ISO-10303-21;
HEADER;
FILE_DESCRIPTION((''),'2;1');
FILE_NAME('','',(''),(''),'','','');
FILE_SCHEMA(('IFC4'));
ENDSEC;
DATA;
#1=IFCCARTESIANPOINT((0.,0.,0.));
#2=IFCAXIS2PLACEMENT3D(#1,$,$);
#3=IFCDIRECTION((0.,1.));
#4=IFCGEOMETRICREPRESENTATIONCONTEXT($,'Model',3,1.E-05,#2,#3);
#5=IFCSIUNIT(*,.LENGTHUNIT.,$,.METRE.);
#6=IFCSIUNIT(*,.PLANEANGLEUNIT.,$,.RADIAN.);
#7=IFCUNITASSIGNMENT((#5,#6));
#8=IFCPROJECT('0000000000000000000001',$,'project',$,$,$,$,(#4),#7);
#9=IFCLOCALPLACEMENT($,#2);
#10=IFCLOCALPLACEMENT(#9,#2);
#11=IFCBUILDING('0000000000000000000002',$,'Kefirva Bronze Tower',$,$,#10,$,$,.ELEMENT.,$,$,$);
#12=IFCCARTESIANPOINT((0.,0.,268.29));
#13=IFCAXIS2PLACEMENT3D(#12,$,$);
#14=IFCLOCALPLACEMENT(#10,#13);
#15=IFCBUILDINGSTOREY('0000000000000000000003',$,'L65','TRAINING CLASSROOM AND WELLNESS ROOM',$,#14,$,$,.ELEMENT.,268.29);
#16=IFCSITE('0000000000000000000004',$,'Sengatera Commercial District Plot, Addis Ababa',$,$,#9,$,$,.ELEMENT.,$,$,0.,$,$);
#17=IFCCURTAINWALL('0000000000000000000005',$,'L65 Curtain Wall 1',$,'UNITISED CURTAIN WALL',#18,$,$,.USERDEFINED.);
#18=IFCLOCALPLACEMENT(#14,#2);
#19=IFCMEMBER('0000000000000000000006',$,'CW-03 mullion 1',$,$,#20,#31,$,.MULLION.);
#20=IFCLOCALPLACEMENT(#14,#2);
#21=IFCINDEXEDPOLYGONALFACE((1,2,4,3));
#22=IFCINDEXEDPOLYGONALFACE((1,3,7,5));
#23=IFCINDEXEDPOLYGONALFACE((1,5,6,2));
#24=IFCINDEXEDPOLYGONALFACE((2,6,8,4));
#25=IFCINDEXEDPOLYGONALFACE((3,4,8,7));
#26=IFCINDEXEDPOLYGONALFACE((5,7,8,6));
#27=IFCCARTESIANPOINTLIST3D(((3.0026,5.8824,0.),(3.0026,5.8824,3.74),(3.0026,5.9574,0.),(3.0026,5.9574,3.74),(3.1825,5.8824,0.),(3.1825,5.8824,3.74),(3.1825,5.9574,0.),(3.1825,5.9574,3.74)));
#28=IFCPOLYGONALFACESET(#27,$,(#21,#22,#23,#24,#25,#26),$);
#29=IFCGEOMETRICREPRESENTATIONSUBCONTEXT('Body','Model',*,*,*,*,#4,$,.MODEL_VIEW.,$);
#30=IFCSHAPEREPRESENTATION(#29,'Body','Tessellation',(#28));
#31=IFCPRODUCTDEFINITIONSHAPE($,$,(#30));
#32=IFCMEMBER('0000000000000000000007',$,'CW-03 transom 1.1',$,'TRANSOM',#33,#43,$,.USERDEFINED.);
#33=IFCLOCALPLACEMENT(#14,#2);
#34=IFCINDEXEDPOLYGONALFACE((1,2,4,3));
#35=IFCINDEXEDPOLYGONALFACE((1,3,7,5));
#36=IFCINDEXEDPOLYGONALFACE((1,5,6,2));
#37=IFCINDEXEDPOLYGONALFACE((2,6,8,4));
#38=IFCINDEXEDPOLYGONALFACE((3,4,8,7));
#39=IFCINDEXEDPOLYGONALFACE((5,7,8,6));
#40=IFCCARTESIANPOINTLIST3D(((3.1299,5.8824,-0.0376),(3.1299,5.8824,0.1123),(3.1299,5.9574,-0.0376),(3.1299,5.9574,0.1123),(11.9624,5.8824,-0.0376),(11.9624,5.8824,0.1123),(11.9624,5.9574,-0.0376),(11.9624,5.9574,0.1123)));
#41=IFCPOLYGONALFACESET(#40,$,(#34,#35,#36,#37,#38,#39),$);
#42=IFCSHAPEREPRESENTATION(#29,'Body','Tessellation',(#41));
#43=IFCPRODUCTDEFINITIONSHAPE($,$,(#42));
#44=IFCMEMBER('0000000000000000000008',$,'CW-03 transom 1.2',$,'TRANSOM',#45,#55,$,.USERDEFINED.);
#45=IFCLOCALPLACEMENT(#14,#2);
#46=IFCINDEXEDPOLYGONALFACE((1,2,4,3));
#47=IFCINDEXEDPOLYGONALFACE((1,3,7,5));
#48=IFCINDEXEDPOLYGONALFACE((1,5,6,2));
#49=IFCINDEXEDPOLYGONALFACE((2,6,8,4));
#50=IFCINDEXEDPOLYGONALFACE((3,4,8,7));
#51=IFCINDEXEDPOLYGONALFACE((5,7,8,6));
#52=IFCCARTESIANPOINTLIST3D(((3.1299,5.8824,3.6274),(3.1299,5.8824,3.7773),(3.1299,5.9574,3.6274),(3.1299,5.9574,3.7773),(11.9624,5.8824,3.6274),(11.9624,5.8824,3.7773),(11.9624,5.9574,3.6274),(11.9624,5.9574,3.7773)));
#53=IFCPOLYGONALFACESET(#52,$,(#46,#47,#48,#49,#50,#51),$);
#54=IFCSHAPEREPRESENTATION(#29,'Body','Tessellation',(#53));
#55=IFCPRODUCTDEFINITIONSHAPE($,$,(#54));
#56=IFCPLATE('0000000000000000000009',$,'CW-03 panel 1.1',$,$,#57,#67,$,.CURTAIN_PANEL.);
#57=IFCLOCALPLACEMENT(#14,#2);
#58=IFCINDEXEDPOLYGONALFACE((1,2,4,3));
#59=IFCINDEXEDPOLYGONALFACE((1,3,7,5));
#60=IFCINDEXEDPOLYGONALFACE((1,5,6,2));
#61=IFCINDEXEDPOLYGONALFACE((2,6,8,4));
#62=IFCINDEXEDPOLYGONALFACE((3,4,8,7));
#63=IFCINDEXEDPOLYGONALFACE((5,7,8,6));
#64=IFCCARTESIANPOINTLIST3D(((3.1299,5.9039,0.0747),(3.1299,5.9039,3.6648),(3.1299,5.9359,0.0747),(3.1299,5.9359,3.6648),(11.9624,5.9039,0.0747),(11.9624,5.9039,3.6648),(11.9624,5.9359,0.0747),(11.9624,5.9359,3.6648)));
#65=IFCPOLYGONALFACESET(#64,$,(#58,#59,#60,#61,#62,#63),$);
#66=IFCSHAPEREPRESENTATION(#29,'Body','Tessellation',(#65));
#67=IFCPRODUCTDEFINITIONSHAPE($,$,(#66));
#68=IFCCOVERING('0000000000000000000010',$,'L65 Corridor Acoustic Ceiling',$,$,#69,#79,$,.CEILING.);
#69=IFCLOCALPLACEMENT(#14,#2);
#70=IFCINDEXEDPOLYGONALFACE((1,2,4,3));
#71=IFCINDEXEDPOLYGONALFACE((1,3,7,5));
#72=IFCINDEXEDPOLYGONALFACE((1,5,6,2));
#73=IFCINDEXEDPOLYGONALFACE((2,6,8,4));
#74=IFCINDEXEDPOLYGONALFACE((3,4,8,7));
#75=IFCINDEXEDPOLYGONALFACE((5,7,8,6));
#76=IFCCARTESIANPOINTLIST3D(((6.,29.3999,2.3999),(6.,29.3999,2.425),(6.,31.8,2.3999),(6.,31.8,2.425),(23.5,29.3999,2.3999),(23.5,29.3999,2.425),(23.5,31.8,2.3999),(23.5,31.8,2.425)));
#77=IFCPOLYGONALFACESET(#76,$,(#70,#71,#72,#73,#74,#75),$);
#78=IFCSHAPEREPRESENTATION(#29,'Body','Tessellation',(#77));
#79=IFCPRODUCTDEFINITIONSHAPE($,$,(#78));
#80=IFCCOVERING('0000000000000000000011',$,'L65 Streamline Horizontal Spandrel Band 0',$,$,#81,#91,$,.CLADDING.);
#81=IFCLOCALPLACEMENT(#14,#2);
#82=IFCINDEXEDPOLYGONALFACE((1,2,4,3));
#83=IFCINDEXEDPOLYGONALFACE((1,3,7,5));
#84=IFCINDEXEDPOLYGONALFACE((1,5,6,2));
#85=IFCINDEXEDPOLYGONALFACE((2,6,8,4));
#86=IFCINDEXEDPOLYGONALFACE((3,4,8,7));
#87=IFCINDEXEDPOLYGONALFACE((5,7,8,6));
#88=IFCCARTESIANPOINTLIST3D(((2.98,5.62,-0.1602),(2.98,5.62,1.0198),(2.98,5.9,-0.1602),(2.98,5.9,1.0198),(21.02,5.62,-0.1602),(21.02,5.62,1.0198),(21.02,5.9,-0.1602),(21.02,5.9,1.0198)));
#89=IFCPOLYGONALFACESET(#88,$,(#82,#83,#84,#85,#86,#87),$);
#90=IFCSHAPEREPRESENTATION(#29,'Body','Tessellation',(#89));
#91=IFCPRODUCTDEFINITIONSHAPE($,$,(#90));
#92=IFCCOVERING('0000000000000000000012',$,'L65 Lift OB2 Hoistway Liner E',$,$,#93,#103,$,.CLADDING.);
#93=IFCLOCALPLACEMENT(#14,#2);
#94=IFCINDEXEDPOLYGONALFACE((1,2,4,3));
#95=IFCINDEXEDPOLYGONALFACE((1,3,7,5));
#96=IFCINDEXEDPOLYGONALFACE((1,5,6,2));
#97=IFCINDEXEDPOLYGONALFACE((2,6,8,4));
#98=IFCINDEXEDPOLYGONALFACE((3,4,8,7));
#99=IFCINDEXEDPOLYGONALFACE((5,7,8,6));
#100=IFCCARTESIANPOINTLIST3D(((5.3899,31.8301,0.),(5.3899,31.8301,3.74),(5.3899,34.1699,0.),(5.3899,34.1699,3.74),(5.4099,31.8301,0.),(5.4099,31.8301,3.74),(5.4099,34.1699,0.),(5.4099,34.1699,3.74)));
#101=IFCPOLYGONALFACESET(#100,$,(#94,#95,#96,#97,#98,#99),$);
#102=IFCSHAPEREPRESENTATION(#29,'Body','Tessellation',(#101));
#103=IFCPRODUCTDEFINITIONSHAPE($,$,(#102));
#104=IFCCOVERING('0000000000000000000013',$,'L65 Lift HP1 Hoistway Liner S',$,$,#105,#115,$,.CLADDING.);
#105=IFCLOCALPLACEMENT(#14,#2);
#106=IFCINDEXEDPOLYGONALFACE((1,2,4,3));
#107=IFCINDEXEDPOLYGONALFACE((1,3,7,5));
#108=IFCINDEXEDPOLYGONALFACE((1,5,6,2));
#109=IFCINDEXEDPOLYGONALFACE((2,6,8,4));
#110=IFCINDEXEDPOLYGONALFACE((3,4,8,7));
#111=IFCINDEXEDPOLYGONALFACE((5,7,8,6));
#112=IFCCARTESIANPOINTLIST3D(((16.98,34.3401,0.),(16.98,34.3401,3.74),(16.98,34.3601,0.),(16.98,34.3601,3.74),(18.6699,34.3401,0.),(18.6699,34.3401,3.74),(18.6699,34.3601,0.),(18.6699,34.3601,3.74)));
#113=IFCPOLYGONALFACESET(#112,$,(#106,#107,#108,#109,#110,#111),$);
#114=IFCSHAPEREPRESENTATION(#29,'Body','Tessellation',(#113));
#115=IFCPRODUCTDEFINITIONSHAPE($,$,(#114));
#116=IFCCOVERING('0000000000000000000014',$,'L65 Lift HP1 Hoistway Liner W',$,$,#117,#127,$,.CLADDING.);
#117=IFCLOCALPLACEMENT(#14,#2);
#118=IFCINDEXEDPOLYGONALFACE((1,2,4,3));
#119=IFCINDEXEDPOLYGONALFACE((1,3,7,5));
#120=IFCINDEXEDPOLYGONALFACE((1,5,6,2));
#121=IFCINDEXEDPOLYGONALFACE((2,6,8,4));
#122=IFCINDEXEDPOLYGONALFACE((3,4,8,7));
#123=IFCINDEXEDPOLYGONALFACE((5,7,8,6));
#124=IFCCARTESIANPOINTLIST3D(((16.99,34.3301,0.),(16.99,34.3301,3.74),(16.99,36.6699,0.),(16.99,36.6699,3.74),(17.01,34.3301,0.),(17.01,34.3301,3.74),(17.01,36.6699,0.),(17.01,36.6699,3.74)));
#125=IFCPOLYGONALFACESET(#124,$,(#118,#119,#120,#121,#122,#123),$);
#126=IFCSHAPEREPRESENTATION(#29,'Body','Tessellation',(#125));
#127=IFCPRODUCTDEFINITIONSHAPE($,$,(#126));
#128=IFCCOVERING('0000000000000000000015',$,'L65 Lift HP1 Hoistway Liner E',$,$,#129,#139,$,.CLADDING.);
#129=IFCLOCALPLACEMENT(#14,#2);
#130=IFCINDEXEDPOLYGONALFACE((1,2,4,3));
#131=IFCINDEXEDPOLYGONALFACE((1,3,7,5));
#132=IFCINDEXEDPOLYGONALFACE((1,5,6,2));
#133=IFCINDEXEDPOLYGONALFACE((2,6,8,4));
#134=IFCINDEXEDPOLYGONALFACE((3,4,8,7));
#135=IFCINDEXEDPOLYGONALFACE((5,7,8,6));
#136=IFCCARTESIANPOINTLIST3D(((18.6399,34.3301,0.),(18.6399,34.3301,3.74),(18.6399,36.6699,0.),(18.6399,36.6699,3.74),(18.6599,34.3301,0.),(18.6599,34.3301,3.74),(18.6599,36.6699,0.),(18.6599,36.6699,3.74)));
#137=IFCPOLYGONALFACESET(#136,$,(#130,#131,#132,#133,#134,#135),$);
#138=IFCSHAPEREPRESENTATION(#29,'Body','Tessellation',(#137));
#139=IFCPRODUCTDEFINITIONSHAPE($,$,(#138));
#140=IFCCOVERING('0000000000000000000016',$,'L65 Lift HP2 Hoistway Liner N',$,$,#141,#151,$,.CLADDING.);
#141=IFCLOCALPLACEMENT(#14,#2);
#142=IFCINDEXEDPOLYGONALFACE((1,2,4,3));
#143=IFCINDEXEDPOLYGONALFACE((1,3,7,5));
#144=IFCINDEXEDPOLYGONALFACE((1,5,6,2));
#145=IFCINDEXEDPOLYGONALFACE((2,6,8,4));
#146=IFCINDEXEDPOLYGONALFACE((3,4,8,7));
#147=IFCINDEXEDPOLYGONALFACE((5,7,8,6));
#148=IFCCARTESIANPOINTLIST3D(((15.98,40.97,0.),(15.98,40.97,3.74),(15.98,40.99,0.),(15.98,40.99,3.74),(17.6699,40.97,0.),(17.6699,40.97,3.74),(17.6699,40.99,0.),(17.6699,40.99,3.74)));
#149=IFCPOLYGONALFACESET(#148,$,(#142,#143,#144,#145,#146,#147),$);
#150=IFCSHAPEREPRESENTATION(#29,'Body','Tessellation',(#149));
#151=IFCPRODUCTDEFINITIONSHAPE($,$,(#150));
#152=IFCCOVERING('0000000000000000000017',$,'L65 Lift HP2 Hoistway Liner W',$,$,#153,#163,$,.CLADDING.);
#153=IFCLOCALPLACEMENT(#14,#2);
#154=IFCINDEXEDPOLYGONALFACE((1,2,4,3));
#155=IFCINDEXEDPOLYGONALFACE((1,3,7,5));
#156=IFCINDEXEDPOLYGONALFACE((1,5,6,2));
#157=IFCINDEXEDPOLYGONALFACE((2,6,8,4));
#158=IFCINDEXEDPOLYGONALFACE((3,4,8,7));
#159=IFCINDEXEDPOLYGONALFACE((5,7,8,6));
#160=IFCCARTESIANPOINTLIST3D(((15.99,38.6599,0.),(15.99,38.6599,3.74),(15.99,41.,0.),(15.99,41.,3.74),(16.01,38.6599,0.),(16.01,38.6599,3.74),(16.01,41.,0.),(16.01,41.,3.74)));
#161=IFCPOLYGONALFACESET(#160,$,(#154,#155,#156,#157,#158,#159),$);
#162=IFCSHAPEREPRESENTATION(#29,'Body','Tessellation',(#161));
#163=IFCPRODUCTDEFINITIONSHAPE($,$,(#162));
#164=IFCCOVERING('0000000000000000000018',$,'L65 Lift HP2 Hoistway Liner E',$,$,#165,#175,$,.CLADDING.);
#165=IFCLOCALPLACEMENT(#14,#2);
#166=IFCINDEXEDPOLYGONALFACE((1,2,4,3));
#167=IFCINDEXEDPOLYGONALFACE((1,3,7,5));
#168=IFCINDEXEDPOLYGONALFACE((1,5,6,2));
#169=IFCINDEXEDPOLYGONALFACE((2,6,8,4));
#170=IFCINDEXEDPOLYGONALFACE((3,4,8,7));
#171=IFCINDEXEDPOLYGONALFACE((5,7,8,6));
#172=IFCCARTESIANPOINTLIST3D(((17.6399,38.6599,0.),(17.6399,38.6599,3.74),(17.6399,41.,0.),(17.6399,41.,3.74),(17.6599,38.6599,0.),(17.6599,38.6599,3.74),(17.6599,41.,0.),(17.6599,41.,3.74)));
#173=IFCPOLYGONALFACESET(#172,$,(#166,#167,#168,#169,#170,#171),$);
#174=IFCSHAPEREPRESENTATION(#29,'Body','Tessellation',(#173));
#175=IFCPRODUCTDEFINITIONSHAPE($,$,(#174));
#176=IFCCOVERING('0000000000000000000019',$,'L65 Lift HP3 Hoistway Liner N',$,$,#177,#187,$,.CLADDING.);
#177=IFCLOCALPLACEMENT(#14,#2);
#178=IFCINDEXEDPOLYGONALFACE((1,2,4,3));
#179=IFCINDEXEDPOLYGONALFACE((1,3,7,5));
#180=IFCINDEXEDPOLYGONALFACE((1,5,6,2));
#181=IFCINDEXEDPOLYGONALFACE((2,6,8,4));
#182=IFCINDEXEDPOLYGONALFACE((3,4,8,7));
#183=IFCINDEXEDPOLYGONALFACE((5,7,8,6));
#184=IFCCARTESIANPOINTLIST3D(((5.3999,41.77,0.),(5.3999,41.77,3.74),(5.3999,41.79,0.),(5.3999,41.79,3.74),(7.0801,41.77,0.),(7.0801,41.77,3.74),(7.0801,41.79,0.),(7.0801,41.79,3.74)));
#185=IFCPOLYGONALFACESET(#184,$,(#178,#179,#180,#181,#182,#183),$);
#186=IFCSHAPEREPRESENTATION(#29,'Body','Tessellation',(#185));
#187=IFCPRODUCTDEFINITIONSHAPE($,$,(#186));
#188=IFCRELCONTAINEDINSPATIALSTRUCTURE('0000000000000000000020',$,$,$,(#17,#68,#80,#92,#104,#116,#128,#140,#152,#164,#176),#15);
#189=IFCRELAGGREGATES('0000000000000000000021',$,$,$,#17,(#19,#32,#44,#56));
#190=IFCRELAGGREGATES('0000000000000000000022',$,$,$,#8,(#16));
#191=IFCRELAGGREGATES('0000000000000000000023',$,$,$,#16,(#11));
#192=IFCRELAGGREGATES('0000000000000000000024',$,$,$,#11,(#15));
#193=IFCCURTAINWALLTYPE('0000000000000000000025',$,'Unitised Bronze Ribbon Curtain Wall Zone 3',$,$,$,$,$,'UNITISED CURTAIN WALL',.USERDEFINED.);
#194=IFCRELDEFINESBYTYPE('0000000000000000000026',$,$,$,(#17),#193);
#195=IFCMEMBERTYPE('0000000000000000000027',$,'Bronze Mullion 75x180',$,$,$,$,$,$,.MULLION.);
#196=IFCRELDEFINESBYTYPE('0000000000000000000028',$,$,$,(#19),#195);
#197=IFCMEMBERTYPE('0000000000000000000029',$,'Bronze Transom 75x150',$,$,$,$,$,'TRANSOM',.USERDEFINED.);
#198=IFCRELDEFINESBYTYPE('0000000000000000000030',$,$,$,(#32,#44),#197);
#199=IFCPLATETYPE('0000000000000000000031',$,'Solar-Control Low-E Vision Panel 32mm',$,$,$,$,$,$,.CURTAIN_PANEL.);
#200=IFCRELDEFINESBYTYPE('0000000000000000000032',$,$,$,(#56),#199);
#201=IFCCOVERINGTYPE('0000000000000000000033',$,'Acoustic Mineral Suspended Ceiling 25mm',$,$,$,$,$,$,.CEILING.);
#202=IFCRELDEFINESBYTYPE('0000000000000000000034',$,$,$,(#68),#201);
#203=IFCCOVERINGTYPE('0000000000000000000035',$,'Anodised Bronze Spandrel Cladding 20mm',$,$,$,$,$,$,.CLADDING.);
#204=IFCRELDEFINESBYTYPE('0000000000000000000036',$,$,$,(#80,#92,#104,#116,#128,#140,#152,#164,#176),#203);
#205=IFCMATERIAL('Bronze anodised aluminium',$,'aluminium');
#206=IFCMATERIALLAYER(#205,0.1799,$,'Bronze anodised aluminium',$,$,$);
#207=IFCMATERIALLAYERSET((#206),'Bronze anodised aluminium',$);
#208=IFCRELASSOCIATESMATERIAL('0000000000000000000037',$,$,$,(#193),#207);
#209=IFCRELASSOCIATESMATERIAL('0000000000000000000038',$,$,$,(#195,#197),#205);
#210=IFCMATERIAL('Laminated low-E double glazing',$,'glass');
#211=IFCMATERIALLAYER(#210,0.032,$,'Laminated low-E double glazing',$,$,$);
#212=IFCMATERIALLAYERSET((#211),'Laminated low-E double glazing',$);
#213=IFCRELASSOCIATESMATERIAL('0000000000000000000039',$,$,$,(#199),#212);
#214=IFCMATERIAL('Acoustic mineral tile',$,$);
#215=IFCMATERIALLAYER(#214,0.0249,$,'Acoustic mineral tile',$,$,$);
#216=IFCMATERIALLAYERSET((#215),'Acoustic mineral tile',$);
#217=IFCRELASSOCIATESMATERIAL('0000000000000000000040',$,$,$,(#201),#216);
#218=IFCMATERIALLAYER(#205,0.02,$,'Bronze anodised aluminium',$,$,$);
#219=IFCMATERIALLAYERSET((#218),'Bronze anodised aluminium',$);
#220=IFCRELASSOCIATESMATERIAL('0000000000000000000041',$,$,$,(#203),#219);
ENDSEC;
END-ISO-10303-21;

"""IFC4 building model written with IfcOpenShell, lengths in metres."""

from ifc_helpers import new_model, si_unit, direction, frame, origin, origin_2d, place, context, subcontext, project, spatial, polyline, rectangle, outline, extrude, material, layer, layer_set, material_profile, profile_set, type_object, element, aggregate, save


model = new_model("IFC4")

# Units and contexts
model_context = context("Model", 3, precision=1e-05, world=origin(), true_north=direction((0.0, 1.0)))
body_context = subcontext(model_context, "Body", "Model", "MODEL_VIEW")
ifc_project = project(units=[si_unit("LENGTHUNIT", "METRE"), si_unit("PLANEANGLEUNIT", "RADIAN")], contexts=[model_context])

# Site, building, storey
site_placement = place(None, origin())
site = spatial("IfcSite", under=ifc_project, at=site_placement, Name="Sengatera Commercial District Plot, Addis Ababa", CompositionType="ELEMENT", RefElevation=0.0)
building_placement = place(site_placement, origin())
building = spatial("IfcBuilding", under=site, at=building_placement, Name="Kefirva Bronze Tower", CompositionType="ELEMENT")
storey_placement = place(building_placement, frame((0.0, 0.0, 268.29)))
storey = spatial("IfcBuildingStorey", under=building, at=storey_placement, Name="L65", Description="TRAINING CLASSROOM AND WELLNESS ROOM", CompositionType="ELEMENT", Elevation=268.29)

# Curtain wall, members, plate
ifc_material_1 = material(Name="Bronze anodised aluminium", Category="aluminium")
ifc_layer_1 = layer(ifc_material_1, 0.1799, Name="Bronze anodised aluminium")
ifc_layer_set_1 = layer_set([ifc_layer_1], Name="Bronze anodised aluminium")
curtain_wall_type = type_object("IfcCurtainWallType", Name="Unitised Bronze Ribbon Curtain Wall Zone 3", ElementType="UNITISED CURTAIN WALL", PredefinedType="USERDEFINED", material=ifc_layer_set_1)
curtain_wall_placement = place(storey_placement, origin())
curtain_wall = element("IfcCurtainWall", 1, at=curtain_wall_placement, inside=storey, type_object=curtain_wall_type, Name="L65 Curtain Wall 1", ObjectType="UNITISED CURTAIN WALL", PredefinedType="USERDEFINED")
ifc_material_profile_1 = material_profile(ifc_material_1, rectangle(XDim=0.075, YDim=0.1799, at=origin_2d()), Name="ALU 75x180")
ifc_profile_set_1 = profile_set([ifc_material_profile_1], Name="Bronze anodised aluminium")
member_type_1 = type_object("IfcMemberType", Name="Bronze Mullion 75x180", PredefinedType="MULLION", material=ifc_profile_set_1)
member_1_placement = place(storey_placement, frame((3.0925, 5.9199, 0.0), z_axis=(0.0, 0.0, 1.0), x_axis=(0.0, 1.0, 0.0)))
member_1 = element("IfcMember", 2, at=member_1_placement, type_object=member_type_1, Name="CW-03 mullion 1", PredefinedType="MULLION", context=body_context, shape_type="SweptSolid", body=[
    extrude(rectangle(XDim=0.075, YDim=0.1799, at=origin_2d()), origin(), (0.0, 0.0, 1.0), 3.74),
])
ifc_material_profile_2 = material_profile(ifc_material_1, rectangle(XDim=0.075, YDim=0.1499, at=origin_2d()), Name="ALU 75x150")
ifc_profile_set_2 = profile_set([ifc_material_profile_2], Name="Bronze anodised aluminium")
member_type_2 = type_object("IfcMemberType", Name="Bronze Transom 75x150", ElementType="TRANSOM", PredefinedType="USERDEFINED", material=ifc_profile_set_2)
member_2_placement = place(storey_placement, frame((3.1299, 5.9199, 0.0374), z_axis=(1.0, 0.0, 0.0), x_axis=(0.0, 1.0, 0.0)))
member_2 = element("IfcMember", 3, at=member_2_placement, type_object=member_type_2, Name="CW-03 transom 1.1", ObjectType="TRANSOM", PredefinedType="USERDEFINED", context=body_context, shape_type="SweptSolid", body=[
    extrude(rectangle(XDim=0.075, YDim=0.1499, at=origin_2d()), origin(), (0.0, 0.0, 1.0), 8.8325),
])
member_3_placement = place(storey_placement, frame((3.1299, 5.9199, 3.7024), z_axis=(1.0, 0.0, 0.0), x_axis=(0.0, 1.0, 0.0)))
member_3 = element("IfcMember", 4, at=member_3_placement, type_object=member_type_2, Name="CW-03 transom 1.2", ObjectType="TRANSOM", PredefinedType="USERDEFINED", context=body_context, shape_type="SweptSolid", body=[
    extrude(rectangle(XDim=0.075, YDim=0.1499, at=origin_2d()), origin(), (0.0, 0.0, 1.0), 8.8325),
])
ifc_material_2 = material(Name="Laminated low-E double glazing", Category="glass")
ifc_layer_2 = layer(ifc_material_2, 0.032, Name="Laminated low-E double glazing")
ifc_layer_set_2 = layer_set([ifc_layer_2], Name="Laminated low-E double glazing")
plate_type = type_object("IfcPlateType", Name="Solar-Control Low-E Vision Panel 32mm", PredefinedType="CURTAIN_PANEL", material=ifc_layer_set_2)
plate_placement = place(storey_placement, frame((7.5461, 5.9199, 0.0747), z_axis=(0.0, 0.0, 1.0), x_axis=(1.0, 0.0, 0.0)))
plate = element("IfcPlate", 5, at=plate_placement, type_object=plate_type, Name="CW-03 panel 1.1", PredefinedType="CURTAIN_PANEL", context=body_context, shape_type="SweptSolid", body=[
    extrude(rectangle(XDim=8.8325, YDim=0.032, at=origin_2d()), origin(), (0.0, 0.0, 1.0), 3.5901),
])
aggregate(curtain_wall, [member_1, member_2, member_3, plate])

# Coverings
ifc_material_3 = material(Name="Acoustic mineral tile")
ifc_layer_3 = layer(ifc_material_3, 0.0249, Name="Acoustic mineral tile")
ifc_layer_set_3 = layer_set([ifc_layer_3], Name="Acoustic mineral tile")
covering_type_1 = type_object("IfcCoveringType", Name="Acoustic Mineral Suspended Ceiling 25mm", PredefinedType="CEILING", material=ifc_layer_set_3)
covering_1_placement = place(storey_placement, frame((0.0, 0.0, 2.3999)))
element("IfcCovering", 6, at=covering_1_placement, inside=storey, type_object=covering_type_1, Name="L65 Corridor Acoustic Ceiling", PredefinedType="CEILING", context=body_context, shape_type="SweptSolid", body=[
    extrude(outline(polyline([(6.0, 29.3999), (23.5, 29.3999), (23.5, 31.8), (6.0, 31.8), (6.0, 29.3999)])), origin(), (0.0, 0.0, 1.0), 0.0251),
])
ifc_layer_4 = layer(ifc_material_1, 0.02, Name="Bronze anodised aluminium")
ifc_layer_set_4 = layer_set([ifc_layer_4], Name="Bronze anodised aluminium")
covering_type_2 = type_object("IfcCoveringType", Name="Anodised Bronze Spandrel Cladding 20mm", PredefinedType="CLADDING", material=ifc_layer_set_4)
covering_2_placement = place(storey_placement, frame((12.0, 5.76, -0.1602), z_axis=(0.0, 0.0, 1.0), x_axis=(1.0, 0.0, 0.0)))
element("IfcCovering", 7, at=covering_2_placement, inside=storey, type_object=covering_type_2, Name="L65 Streamline Horizontal Spandrel Band 0", PredefinedType="CLADDING", context=body_context, shape_type="SweptSolid", body=[
    extrude(rectangle(XDim=18.04, YDim=0.28, at=origin_2d()), origin(), (0.0, 0.0, 1.0), 1.1799),
])
covering_3_placement = place(storey_placement, origin())
element("IfcCovering", 8, at=covering_3_placement, inside=storey, type_object=covering_type_2, Name="L65 Lift OB2 Hoistway Liner E", PredefinedType="CLADDING", context=body_context, shape_type="SweptSolid", body=[
    extrude(outline(polyline([(5.3899, 31.8301), (5.4099, 31.8301), (5.4099, 34.1699), (5.3899, 34.1699), (5.3899, 31.8301)])), origin(), (0.0, 0.0, 1.0), 3.74),
])
covering_4_placement = place(storey_placement, origin())
element("IfcCovering", 9, at=covering_4_placement, inside=storey, type_object=covering_type_2, Name="L65 Lift HP1 Hoistway Liner S", PredefinedType="CLADDING", context=body_context, shape_type="SweptSolid", body=[
    extrude(outline(polyline([(16.98, 34.3401), (18.6699, 34.3401), (18.6699, 34.3601), (16.98, 34.3601), (16.98, 34.3401)])), origin(), (0.0, 0.0, 1.0), 3.74),
])
covering_5_placement = place(storey_placement, origin())
element("IfcCovering", 10, at=covering_5_placement, inside=storey, type_object=covering_type_2, Name="L65 Lift HP1 Hoistway Liner W", PredefinedType="CLADDING", context=body_context, shape_type="SweptSolid", body=[
    extrude(outline(polyline([(16.99, 34.3301), (17.01, 34.3301), (17.01, 36.6699), (16.99, 36.6699), (16.99, 34.3301)])), origin(), (0.0, 0.0, 1.0), 3.74),
])
covering_6_placement = place(storey_placement, origin())
element("IfcCovering", 11, at=covering_6_placement, inside=storey, type_object=covering_type_2, Name="L65 Lift HP1 Hoistway Liner E", PredefinedType="CLADDING", context=body_context, shape_type="SweptSolid", body=[
    extrude(outline(polyline([(18.6399, 34.3301), (18.6599, 34.3301), (18.6599, 36.6699), (18.6399, 36.6699), (18.6399, 34.3301)])), origin(), (0.0, 0.0, 1.0), 3.74),
])
covering_7_placement = place(storey_placement, origin())
element("IfcCovering", 12, at=covering_7_placement, inside=storey, type_object=covering_type_2, Name="L65 Lift HP2 Hoistway Liner N", PredefinedType="CLADDING", context=body_context, shape_type="SweptSolid", body=[
    extrude(outline(polyline([(15.98, 40.97), (17.6699, 40.97), (17.6699, 40.99), (15.98, 40.99), (15.98, 40.97)])), origin(), (0.0, 0.0, 1.0), 3.74),
])
covering_8_placement = place(storey_placement, origin())
element("IfcCovering", 13, at=covering_8_placement, inside=storey, type_object=covering_type_2, Name="L65 Lift HP2 Hoistway Liner W", PredefinedType="CLADDING", context=body_context, shape_type="SweptSolid", body=[
    extrude(outline(polyline([(15.99, 38.6599), (16.01, 38.6599), (16.01, 41.0), (15.99, 41.0), (15.99, 38.6599)])), origin(), (0.0, 0.0, 1.0), 3.74),
])
covering_9_placement = place(storey_placement, origin())
element("IfcCovering", 14, at=covering_9_placement, inside=storey, type_object=covering_type_2, Name="L65 Lift HP2 Hoistway Liner E", PredefinedType="CLADDING", context=body_context, shape_type="SweptSolid", body=[
    extrude(outline(polyline([(17.6399, 38.6599), (17.6599, 38.6599), (17.6599, 41.0), (17.6399, 41.0), (17.6399, 38.6599)])), origin(), (0.0, 0.0, 1.0), 3.74),
])
covering_10_placement = place(storey_placement, origin())
element("IfcCovering", 15, at=covering_10_placement, inside=storey, type_object=covering_type_2, Name="L65 Lift HP3 Hoistway Liner N", PredefinedType="CLADDING", context=body_context, shape_type="SweptSolid", body=[
    extrude(outline(polyline([(5.3999, 41.77), (7.0801, 41.77), (7.0801, 41.79), (5.3999, 41.79), (5.3999, 41.77)])), origin(), (0.0, 0.0, 1.0), 3.74),
])

save(model, "model.ifc")
